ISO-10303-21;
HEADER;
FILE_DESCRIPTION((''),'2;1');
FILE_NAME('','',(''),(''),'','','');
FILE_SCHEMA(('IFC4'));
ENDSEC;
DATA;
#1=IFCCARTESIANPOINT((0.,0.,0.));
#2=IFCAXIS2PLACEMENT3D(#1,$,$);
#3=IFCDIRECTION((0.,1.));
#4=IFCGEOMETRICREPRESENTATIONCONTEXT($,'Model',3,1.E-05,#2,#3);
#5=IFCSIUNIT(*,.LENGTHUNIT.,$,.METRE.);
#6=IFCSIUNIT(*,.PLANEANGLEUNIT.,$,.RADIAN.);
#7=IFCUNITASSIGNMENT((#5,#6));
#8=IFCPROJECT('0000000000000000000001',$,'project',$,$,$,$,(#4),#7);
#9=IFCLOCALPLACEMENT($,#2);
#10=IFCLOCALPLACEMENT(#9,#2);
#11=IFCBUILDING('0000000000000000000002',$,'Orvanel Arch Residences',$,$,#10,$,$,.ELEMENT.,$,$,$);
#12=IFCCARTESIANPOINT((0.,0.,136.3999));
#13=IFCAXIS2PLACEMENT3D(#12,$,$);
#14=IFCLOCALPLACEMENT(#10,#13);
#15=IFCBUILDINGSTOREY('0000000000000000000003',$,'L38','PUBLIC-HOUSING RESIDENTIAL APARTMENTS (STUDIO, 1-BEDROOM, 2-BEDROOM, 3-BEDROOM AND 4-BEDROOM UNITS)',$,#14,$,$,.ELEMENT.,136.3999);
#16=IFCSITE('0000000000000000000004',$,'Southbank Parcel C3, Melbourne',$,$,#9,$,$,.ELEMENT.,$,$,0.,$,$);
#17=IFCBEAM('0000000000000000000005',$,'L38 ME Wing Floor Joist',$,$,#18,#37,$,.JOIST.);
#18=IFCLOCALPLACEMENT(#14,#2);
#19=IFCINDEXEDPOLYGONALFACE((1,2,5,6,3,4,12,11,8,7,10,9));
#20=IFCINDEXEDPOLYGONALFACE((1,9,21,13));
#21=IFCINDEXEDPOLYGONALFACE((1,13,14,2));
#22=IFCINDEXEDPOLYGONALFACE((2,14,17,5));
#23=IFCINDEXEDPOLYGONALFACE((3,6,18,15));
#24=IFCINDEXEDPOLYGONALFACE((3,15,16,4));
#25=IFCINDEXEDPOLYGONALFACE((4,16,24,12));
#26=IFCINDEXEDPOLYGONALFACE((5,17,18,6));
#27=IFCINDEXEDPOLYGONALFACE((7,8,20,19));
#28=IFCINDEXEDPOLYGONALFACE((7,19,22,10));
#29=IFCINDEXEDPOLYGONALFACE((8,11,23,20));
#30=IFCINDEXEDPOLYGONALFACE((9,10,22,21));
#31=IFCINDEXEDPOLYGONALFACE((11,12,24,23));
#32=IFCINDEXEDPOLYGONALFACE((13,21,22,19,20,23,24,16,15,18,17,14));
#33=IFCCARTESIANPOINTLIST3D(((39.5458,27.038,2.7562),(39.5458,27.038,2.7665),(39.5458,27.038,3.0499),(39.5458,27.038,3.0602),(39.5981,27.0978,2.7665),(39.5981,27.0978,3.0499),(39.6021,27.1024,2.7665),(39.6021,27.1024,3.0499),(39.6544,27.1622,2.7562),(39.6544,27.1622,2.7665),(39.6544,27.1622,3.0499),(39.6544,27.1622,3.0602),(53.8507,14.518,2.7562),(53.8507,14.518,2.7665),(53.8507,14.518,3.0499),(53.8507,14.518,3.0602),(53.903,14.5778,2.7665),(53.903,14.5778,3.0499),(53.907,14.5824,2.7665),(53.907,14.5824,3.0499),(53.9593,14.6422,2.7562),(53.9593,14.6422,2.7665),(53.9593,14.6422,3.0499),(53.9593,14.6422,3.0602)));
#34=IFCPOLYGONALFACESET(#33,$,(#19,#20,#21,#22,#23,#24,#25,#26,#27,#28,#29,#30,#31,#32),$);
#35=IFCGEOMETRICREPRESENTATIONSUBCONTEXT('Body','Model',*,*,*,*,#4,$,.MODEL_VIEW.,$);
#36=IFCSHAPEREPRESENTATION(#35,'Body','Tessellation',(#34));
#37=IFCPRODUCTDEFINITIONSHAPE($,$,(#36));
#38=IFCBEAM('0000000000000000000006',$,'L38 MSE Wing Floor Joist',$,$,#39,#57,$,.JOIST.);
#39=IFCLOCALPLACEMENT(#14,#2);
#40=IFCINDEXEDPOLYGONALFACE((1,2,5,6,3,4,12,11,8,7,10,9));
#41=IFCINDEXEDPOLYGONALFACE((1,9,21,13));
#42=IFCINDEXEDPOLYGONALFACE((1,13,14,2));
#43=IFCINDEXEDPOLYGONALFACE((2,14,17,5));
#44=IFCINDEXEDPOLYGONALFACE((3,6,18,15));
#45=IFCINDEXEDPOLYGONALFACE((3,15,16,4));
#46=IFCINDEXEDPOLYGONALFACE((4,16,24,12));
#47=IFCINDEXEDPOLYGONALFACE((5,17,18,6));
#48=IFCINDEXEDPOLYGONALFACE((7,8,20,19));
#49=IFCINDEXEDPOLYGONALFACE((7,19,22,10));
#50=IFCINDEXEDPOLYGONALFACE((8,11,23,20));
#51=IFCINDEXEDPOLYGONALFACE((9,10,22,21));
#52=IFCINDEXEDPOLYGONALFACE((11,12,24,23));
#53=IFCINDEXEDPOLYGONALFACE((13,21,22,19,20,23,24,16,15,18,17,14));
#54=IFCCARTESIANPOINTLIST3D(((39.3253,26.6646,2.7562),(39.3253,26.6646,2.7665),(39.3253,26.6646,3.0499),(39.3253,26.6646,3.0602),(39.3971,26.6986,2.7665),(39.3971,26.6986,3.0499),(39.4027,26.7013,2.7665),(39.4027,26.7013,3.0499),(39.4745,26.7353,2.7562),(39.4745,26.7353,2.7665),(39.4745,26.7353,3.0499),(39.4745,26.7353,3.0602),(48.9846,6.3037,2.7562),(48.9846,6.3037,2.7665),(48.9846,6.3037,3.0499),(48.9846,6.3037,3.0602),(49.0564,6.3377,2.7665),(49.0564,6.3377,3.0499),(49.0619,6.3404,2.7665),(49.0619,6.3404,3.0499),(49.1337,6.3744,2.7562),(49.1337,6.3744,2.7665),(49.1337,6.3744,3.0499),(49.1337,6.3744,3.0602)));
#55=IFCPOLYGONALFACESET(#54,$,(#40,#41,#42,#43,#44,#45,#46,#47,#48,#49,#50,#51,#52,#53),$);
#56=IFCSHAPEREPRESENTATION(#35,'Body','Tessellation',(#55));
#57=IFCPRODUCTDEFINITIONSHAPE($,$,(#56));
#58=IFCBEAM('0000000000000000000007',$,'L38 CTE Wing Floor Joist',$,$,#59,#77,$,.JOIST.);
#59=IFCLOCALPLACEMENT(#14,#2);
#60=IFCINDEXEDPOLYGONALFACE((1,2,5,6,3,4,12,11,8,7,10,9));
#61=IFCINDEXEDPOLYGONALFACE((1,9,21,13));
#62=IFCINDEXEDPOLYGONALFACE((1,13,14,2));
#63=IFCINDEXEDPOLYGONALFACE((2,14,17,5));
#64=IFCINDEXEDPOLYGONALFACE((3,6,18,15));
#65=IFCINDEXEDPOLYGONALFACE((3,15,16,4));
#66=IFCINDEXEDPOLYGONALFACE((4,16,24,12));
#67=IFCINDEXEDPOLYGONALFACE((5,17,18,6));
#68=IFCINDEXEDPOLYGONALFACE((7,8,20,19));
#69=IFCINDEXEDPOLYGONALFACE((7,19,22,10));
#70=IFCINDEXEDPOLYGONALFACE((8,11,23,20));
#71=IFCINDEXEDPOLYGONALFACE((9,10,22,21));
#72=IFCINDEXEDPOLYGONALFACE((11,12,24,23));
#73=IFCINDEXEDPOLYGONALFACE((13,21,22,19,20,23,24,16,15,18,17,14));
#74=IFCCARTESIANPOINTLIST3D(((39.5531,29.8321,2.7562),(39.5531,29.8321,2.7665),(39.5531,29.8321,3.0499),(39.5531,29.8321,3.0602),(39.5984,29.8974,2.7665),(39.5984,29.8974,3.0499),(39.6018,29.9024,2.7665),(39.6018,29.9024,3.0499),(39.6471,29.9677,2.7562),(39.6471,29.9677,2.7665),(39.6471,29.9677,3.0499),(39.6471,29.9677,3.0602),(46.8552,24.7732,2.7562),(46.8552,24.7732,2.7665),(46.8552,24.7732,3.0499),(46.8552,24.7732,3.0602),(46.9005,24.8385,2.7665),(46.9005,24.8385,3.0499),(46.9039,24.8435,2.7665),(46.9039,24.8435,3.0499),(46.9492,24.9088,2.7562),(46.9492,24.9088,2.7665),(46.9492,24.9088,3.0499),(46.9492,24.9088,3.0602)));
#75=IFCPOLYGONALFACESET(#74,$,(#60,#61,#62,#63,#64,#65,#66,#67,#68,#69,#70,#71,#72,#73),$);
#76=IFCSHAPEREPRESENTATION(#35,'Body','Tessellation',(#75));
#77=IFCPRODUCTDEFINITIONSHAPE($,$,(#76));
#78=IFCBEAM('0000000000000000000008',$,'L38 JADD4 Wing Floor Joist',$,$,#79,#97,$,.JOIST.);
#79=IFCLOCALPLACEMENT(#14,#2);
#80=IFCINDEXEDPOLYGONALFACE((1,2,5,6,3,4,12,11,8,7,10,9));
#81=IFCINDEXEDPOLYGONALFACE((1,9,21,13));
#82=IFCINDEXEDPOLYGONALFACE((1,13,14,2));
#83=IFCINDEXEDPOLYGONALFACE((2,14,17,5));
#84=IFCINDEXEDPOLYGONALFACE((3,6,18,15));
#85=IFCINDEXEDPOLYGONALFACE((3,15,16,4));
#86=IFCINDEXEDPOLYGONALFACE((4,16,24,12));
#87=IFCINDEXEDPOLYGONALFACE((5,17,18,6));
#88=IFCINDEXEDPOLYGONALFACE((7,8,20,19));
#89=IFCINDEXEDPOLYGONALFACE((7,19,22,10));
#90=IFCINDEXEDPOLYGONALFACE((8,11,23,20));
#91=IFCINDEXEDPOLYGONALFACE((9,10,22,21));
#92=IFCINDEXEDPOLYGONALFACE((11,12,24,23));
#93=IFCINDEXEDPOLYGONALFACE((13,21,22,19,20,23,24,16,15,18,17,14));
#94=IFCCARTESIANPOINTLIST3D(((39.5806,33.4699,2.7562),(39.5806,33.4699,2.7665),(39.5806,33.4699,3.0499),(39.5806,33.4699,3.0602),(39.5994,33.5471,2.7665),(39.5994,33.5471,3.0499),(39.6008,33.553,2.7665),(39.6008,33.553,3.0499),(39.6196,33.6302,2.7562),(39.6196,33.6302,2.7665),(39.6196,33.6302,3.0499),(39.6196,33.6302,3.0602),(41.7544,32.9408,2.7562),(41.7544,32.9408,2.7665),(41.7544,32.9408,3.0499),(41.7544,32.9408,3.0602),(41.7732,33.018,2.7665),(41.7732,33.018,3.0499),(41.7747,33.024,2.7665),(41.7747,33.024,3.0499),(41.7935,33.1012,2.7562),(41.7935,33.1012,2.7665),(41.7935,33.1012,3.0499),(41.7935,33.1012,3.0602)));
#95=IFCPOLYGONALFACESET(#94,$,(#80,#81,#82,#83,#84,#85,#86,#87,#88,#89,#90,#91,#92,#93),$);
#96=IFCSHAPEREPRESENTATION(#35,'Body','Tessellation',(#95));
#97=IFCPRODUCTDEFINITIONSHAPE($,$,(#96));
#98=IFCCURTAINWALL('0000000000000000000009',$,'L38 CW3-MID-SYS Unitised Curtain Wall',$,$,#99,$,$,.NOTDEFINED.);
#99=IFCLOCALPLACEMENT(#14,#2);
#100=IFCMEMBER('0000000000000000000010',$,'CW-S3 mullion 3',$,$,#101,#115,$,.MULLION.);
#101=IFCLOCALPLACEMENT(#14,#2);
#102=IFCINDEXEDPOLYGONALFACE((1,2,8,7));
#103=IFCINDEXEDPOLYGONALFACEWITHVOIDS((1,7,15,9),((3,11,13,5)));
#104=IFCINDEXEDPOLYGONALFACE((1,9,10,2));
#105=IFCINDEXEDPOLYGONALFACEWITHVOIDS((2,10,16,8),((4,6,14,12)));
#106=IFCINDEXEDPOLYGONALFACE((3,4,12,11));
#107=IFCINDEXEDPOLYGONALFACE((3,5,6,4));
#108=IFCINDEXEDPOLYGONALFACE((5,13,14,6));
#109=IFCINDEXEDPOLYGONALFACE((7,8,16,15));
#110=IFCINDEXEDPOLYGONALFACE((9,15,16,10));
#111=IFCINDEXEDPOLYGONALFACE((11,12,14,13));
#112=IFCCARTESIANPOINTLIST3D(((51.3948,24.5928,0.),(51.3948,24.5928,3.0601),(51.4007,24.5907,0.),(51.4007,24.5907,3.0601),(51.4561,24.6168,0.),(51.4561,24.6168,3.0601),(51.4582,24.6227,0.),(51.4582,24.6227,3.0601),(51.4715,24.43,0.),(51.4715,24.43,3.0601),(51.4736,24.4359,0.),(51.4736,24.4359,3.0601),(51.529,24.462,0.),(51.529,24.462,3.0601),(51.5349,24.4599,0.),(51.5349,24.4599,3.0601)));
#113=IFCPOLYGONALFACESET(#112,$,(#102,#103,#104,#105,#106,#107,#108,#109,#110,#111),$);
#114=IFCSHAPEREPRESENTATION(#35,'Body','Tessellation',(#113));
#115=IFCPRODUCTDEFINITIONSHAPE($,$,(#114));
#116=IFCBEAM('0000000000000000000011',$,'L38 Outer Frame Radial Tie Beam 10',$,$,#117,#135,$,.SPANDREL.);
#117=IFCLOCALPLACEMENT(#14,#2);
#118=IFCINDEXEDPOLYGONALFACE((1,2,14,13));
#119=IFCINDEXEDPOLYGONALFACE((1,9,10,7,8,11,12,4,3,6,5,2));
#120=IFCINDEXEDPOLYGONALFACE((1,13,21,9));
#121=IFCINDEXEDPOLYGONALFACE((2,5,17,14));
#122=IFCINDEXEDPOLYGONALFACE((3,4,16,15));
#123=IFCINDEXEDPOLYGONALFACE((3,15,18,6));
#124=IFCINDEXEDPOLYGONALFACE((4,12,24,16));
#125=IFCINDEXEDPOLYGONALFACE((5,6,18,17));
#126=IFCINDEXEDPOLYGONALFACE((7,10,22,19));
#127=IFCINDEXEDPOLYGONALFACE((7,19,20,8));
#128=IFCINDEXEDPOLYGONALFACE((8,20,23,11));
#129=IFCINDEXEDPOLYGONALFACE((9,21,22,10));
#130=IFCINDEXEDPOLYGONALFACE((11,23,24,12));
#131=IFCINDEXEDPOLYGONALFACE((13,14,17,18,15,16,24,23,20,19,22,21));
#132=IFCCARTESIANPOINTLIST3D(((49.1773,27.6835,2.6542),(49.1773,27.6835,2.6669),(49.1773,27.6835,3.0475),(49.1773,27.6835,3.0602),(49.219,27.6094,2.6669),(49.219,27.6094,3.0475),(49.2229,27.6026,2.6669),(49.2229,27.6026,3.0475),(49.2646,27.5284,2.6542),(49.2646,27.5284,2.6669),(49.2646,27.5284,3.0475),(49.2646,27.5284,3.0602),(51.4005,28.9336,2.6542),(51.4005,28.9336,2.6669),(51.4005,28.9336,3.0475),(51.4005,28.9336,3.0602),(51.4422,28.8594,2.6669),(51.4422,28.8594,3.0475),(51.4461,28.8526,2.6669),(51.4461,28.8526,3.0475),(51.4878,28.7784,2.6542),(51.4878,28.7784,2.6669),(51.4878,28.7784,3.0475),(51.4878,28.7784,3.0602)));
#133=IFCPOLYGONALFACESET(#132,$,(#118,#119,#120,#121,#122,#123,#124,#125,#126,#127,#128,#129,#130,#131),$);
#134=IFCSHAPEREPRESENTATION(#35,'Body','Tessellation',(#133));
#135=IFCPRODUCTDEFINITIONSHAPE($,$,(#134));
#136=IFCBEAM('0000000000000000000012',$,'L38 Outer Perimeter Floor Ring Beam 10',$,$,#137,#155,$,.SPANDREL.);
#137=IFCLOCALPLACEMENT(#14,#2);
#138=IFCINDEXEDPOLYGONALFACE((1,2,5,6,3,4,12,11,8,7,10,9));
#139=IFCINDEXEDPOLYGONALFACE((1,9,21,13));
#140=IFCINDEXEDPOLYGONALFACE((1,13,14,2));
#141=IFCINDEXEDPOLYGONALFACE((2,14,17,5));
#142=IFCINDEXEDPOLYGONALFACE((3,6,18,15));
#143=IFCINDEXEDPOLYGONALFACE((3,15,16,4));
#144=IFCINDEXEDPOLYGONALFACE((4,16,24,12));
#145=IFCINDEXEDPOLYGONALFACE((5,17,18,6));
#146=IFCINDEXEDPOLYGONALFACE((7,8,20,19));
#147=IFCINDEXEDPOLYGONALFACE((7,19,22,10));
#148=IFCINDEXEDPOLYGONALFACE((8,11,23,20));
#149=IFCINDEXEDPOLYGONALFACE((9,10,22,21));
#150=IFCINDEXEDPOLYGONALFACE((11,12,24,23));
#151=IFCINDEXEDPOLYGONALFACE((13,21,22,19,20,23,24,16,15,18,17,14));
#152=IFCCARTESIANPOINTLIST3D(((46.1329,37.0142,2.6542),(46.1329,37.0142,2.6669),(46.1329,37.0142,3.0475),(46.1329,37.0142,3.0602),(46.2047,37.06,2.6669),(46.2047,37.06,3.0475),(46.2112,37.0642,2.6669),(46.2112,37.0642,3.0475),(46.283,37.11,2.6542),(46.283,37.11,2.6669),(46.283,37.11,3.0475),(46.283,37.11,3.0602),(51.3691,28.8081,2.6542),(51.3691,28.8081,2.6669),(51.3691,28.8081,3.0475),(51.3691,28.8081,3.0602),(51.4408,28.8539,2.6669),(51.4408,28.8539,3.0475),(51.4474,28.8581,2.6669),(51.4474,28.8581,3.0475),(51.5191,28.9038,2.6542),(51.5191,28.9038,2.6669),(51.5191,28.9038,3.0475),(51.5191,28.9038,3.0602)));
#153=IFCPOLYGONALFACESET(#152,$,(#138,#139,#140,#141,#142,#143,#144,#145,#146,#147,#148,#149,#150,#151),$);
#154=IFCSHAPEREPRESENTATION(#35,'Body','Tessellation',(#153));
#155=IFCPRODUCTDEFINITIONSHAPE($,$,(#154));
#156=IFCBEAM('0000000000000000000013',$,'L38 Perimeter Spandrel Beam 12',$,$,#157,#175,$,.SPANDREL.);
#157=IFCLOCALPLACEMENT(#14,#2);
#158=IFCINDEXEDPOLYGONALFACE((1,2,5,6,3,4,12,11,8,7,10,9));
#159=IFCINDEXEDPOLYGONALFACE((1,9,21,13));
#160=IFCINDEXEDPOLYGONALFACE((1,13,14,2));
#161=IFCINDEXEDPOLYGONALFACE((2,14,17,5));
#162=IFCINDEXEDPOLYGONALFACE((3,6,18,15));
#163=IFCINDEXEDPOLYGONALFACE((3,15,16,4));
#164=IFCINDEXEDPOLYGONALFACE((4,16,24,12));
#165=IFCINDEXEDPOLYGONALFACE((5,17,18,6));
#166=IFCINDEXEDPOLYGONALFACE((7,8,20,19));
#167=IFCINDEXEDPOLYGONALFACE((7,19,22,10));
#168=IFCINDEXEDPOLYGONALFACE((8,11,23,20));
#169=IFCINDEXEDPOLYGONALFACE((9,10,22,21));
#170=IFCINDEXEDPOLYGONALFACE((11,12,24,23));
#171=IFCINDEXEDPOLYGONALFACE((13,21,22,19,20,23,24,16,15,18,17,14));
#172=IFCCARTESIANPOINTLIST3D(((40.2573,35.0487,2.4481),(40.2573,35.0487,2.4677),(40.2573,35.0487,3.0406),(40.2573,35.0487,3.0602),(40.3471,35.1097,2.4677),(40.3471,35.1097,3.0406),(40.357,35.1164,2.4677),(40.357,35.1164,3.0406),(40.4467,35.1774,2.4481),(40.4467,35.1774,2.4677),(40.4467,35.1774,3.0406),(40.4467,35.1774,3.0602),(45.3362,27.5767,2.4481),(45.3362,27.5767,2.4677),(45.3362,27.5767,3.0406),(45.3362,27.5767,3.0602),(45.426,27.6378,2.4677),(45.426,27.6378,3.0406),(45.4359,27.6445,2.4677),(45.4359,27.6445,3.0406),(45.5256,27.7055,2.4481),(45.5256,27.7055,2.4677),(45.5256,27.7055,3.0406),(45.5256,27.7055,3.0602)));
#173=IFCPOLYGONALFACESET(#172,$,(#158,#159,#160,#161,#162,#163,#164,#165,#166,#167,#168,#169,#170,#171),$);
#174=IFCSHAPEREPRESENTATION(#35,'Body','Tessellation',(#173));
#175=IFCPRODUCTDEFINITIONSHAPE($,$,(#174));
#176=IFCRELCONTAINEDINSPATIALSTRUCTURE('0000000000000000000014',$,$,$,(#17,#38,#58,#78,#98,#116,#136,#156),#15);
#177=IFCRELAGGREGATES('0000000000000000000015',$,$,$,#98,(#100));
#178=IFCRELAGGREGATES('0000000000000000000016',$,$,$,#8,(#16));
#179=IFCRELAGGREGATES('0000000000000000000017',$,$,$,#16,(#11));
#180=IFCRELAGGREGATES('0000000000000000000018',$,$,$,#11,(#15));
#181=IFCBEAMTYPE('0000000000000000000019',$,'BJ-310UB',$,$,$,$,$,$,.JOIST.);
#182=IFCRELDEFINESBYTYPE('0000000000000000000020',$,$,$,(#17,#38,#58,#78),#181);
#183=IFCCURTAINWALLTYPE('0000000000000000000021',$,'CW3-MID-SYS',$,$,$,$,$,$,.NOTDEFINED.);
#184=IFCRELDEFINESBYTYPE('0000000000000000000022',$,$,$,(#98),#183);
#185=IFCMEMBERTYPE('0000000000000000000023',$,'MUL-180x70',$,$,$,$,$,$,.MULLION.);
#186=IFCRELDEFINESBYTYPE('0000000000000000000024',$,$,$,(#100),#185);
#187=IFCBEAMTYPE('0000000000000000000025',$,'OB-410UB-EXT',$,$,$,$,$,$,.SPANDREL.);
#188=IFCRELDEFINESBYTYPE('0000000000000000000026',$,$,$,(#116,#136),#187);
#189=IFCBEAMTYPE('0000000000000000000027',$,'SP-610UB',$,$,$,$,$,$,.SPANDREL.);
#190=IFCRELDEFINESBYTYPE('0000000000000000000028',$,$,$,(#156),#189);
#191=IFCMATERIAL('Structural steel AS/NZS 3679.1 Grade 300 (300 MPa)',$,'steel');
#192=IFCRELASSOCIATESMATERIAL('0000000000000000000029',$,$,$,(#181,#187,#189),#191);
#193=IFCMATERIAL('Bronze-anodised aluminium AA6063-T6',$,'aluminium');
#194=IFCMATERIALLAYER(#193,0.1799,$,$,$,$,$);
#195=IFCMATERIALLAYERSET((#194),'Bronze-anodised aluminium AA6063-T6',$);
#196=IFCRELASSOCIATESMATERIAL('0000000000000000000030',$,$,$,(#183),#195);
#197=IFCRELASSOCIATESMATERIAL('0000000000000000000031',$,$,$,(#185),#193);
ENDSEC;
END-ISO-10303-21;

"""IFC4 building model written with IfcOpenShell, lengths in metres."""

from ifc_helpers import new_model, si_unit, direction, frame, origin, origin_2d, place, context, subcontext, project, spatial, hollow_rectangle, i_section, extrude, material, layer, layer_set, material_profile, profile_set, type_object, element, aggregate, save


model = new_model("IFC4")

# Units and contexts
model_context = context("Model", 3, precision=1e-05, world=origin(), true_north=direction((0.0, 1.0)))
body_context = subcontext(model_context, "Body", "Model", "MODEL_VIEW")
ifc_project = project(units=[si_unit("LENGTHUNIT", "METRE"), si_unit("PLANEANGLEUNIT", "RADIAN")], contexts=[model_context])

# Site, building, storey
site_placement = place(None, origin())
site = spatial("IfcSite", under=ifc_project, at=site_placement, Name="Southbank Parcel C3, Melbourne", CompositionType="ELEMENT", RefElevation=0.0)
building_placement = place(site_placement, origin())
building = spatial("IfcBuilding", under=site, at=building_placement, Name="Orvanel Arch Residences", CompositionType="ELEMENT")
storey_placement = place(building_placement, frame((0.0, 0.0, 136.3999)))
storey = spatial("IfcBuildingStorey", under=building, at=storey_placement, Name="L38", Description="PUBLIC-HOUSING RESIDENTIAL APARTMENTS (STUDIO, 1-BEDROOM, 2-BEDROOM, 3-BEDROOM AND 4-BEDROOM UNITS)", CompositionType="ELEMENT", Elevation=136.3999)

# Beams
ifc_material_1 = material(Name="Structural steel AS/NZS 3679.1 Grade 300 (300 MPa)", Category="steel")
ifc_material_profile_1 = material_profile(ifc_material_1, i_section(OverallWidth=0.165, OverallDepth=0.304, WebThickness=0.0061, FlangeThickness=0.0103, at=origin_2d()), Name="310UB40.4")
ifc_profile_set_1 = profile_set([ifc_material_profile_1], Name="Structural steel AS/NZS 3679.1 Grade 300 (300 MPa)")
beam_type_1 = type_object("IfcBeamType", Name="BJ-310UB", PredefinedType="JOIST", material=ifc_profile_set_1)
beam_1_placement = place(storey_placement, frame((39.6001, 27.1001, 2.9082), z_axis=(0.752493, -0.6586, 0.0), x_axis=(0.6586, 0.752493, 0.0)))
element("IfcBeam", 1, at=beam_1_placement, inside=storey, type_object=beam_type_1, Name="L38 ME Wing Floor Joist", PredefinedType="JOIST", context=body_context, shape_type="SweptSolid", body=[
    extrude(i_section(OverallWidth=0.165, OverallDepth=0.304, WebThickness=0.0061, FlangeThickness=0.0103, at=origin_2d()), origin(), (0.0, 0.0, 1.0), 19.01),
])
beam_2_placement = place(storey_placement, frame((39.3999, 26.7, 2.9082), z_axis=(0.428614, -0.903488, 0.0), x_axis=(0.903488, 0.428614, 0.0)))
element("IfcBeam", 2, at=beam_2_placement, inside=storey, type_object=beam_type_1, Name="L38 MSE Wing Floor Joist", PredefinedType="JOIST", context=body_context, shape_type="SweptSolid", body=[
    extrude(i_section(OverallWidth=0.165, OverallDepth=0.304, WebThickness=0.0061, FlangeThickness=0.0103, at=origin_2d()), origin(), (0.0, 0.0, 1.0), 22.5359),
])
beam_3_placement = place(storey_placement, frame((39.6001, 29.8999, 2.9082), z_axis=(0.822002, -0.569484, 0.0), x_axis=(0.569484, 0.822002, 0.0)))
element("IfcBeam", 3, at=beam_3_placement, inside=storey, type_object=beam_type_1, Name="L38 CTE Wing Floor Joist", PredefinedType="JOIST", context=body_context, shape_type="SweptSolid", body=[
    extrude(i_section(OverallWidth=0.165, OverallDepth=0.304, WebThickness=0.0061, FlangeThickness=0.0103, at=origin_2d()), origin(), (0.0, 0.0, 1.0), 8.8833),
])
beam_4_placement = place(storey_placement, frame((39.6001, 33.55, 2.9082), z_axis=(0.971638, -0.236471, 0.0), x_axis=(0.236471, 0.971638, 0.0)))
element("IfcBeam", 4, at=beam_4_placement, inside=storey, type_object=beam_type_1, Name="L38 JADD4 Wing Floor Joist", PredefinedType="JOIST", context=body_context, shape_type="SweptSolid", body=[
    extrude(i_section(OverallWidth=0.165, OverallDepth=0.304, WebThickness=0.0061, FlangeThickness=0.0103, at=origin_2d()), origin(), (0.0, 0.0, 1.0), 2.2373),
])

# Curtain wall, member
ifc_material_2 = material(Name="Bronze-anodised aluminium AA6063-T6", Category="aluminium")
ifc_layer_1 = layer(ifc_material_2, 0.1799)
ifc_layer_set_1 = layer_set([ifc_layer_1], Name="Bronze-anodised aluminium AA6063-T6")
curtain_wall_type = type_object("IfcCurtainWallType", Name="CW3-MID-SYS", PredefinedType="NOTDEFINED", material=ifc_layer_set_1)
curtain_wall_placement = place(storey_placement, origin())
curtain_wall = element("IfcCurtainWall", 5, at=curtain_wall_placement, inside=storey, type_object=curtain_wall_type, Name="L38 CW3-MID-SYS Unitised Curtain Wall", PredefinedType="NOTDEFINED")
ifc_material_profile_2 = material_profile(ifc_material_2, hollow_rectangle(XDim=0.0701, YDim=0.1799, WallThickness=0.0044, at=origin_2d()), Name="ALU180x70x4.5")
ifc_profile_set_2 = profile_set([ifc_material_profile_2], Name="Bronze-anodised aluminium AA6063-T6")
member_type_1 = type_object("IfcMemberType", Name="MUL-180x70", PredefinedType="MULLION", material=ifc_profile_set_2)
member_1_placement = place(storey_placement, frame((51.4648, 24.5264, 0.0), z_axis=(0.0, 0.0, 1.0), x_axis=(-0.904718, -0.42601, 0.0)))
member_1 = element("IfcMember", 6, at=member_1_placement, type_object=member_type_1, Name="CW-S3 mullion 3", PredefinedType="MULLION", context=body_context, shape_type="SweptSolid", body=[
    extrude(hollow_rectangle(XDim=0.0701, YDim=0.1799, WallThickness=0.0044, at=origin_2d()), origin(), (0.0, 0.0, 1.0), 3.0601),
])
aggregate(curtain_wall, [member_1])

# Beams
ifc_material_profile_3 = material_profile(ifc_material_1, i_section(OverallWidth=0.178, OverallDepth=0.406, WebThickness=0.0078, FlangeThickness=0.0127, at=origin_2d()), Name="410UB59.7")
ifc_profile_set_3 = profile_set([ifc_material_profile_3], Name="Structural steel AS/NZS 3679.1 Grade 300 (300 MPa)")
beam_type_2 = type_object("IfcBeamType", Name="OB-410UB-EXT", PredefinedType="SPANDREL", material=ifc_profile_set_3)
beam_5_placement = place(storey_placement, frame((49.2209, 27.606, 2.8572), z_axis=(0.871662, 0.490107, 0.0), x_axis=(-0.490107, 0.871662, 0.0)))
element("IfcBeam", 7, at=beam_5_placement, inside=storey, type_object=beam_type_2, Name="L38 Outer Frame Radial Tie Beam 10", PredefinedType="SPANDREL", context=body_context, shape_type="SweptSolid", body=[
    extrude(i_section(OverallWidth=0.178, OverallDepth=0.406, WebThickness=0.0078, FlangeThickness=0.0127, at=origin_2d()), origin(), (0.0, 0.0, 1.0), 2.5505),
])
beam_6_placement = place(storey_placement, frame((51.4441, 28.856, 2.8572), z_axis=(-0.537902, 0.843007, 0.0), x_axis=(-0.843007, -0.537902, 0.0)))
element("IfcBeam", 8, at=beam_6_placement, inside=storey, type_object=beam_type_2, Name="L38 Outer Perimeter Floor Ring Beam 10", PredefinedType="SPANDREL", context=body_context, shape_type="SweptSolid", body=[
    extrude(i_section(OverallWidth=0.178, OverallDepth=0.406, WebThickness=0.0078, FlangeThickness=0.0127, at=origin_2d()), origin(), (0.0, 0.0, 1.0), 9.7344),
])
ifc_material_profile_4 = material_profile(ifc_material_1, i_section(OverallWidth=0.229, OverallDepth=0.6121, WebThickness=0.012, FlangeThickness=0.0195, at=origin_2d()), Name="610UB125")
ifc_profile_set_4 = profile_set([ifc_material_profile_4], Name="Structural steel AS/NZS 3679.1 Grade 300 (300 MPa)")
beam_type_3 = type_object("IfcBeamType", Name="SP-610UB", PredefinedType="SPANDREL", material=ifc_profile_set_4)
beam_7_placement = place(storey_placement, frame((45.4309, 27.6411, 2.7542), z_axis=(-0.562155, 0.827032, 0.0), x_axis=(-0.827032, -0.562155, 0.0)))
element("IfcBeam", 9, at=beam_7_placement, inside=storey, type_object=beam_type_3, Name="L38 Perimeter Spandrel Beam 12", PredefinedType="SPANDREL", context=body_context, shape_type="SweptSolid", body=[
    extrude(i_section(OverallWidth=0.229, OverallDepth=0.6121, WebThickness=0.012, FlangeThickness=0.0195, at=origin_2d()), origin(), (0.0, 0.0, 1.0), 9.0347),
])

save(model, "model.ifc")
